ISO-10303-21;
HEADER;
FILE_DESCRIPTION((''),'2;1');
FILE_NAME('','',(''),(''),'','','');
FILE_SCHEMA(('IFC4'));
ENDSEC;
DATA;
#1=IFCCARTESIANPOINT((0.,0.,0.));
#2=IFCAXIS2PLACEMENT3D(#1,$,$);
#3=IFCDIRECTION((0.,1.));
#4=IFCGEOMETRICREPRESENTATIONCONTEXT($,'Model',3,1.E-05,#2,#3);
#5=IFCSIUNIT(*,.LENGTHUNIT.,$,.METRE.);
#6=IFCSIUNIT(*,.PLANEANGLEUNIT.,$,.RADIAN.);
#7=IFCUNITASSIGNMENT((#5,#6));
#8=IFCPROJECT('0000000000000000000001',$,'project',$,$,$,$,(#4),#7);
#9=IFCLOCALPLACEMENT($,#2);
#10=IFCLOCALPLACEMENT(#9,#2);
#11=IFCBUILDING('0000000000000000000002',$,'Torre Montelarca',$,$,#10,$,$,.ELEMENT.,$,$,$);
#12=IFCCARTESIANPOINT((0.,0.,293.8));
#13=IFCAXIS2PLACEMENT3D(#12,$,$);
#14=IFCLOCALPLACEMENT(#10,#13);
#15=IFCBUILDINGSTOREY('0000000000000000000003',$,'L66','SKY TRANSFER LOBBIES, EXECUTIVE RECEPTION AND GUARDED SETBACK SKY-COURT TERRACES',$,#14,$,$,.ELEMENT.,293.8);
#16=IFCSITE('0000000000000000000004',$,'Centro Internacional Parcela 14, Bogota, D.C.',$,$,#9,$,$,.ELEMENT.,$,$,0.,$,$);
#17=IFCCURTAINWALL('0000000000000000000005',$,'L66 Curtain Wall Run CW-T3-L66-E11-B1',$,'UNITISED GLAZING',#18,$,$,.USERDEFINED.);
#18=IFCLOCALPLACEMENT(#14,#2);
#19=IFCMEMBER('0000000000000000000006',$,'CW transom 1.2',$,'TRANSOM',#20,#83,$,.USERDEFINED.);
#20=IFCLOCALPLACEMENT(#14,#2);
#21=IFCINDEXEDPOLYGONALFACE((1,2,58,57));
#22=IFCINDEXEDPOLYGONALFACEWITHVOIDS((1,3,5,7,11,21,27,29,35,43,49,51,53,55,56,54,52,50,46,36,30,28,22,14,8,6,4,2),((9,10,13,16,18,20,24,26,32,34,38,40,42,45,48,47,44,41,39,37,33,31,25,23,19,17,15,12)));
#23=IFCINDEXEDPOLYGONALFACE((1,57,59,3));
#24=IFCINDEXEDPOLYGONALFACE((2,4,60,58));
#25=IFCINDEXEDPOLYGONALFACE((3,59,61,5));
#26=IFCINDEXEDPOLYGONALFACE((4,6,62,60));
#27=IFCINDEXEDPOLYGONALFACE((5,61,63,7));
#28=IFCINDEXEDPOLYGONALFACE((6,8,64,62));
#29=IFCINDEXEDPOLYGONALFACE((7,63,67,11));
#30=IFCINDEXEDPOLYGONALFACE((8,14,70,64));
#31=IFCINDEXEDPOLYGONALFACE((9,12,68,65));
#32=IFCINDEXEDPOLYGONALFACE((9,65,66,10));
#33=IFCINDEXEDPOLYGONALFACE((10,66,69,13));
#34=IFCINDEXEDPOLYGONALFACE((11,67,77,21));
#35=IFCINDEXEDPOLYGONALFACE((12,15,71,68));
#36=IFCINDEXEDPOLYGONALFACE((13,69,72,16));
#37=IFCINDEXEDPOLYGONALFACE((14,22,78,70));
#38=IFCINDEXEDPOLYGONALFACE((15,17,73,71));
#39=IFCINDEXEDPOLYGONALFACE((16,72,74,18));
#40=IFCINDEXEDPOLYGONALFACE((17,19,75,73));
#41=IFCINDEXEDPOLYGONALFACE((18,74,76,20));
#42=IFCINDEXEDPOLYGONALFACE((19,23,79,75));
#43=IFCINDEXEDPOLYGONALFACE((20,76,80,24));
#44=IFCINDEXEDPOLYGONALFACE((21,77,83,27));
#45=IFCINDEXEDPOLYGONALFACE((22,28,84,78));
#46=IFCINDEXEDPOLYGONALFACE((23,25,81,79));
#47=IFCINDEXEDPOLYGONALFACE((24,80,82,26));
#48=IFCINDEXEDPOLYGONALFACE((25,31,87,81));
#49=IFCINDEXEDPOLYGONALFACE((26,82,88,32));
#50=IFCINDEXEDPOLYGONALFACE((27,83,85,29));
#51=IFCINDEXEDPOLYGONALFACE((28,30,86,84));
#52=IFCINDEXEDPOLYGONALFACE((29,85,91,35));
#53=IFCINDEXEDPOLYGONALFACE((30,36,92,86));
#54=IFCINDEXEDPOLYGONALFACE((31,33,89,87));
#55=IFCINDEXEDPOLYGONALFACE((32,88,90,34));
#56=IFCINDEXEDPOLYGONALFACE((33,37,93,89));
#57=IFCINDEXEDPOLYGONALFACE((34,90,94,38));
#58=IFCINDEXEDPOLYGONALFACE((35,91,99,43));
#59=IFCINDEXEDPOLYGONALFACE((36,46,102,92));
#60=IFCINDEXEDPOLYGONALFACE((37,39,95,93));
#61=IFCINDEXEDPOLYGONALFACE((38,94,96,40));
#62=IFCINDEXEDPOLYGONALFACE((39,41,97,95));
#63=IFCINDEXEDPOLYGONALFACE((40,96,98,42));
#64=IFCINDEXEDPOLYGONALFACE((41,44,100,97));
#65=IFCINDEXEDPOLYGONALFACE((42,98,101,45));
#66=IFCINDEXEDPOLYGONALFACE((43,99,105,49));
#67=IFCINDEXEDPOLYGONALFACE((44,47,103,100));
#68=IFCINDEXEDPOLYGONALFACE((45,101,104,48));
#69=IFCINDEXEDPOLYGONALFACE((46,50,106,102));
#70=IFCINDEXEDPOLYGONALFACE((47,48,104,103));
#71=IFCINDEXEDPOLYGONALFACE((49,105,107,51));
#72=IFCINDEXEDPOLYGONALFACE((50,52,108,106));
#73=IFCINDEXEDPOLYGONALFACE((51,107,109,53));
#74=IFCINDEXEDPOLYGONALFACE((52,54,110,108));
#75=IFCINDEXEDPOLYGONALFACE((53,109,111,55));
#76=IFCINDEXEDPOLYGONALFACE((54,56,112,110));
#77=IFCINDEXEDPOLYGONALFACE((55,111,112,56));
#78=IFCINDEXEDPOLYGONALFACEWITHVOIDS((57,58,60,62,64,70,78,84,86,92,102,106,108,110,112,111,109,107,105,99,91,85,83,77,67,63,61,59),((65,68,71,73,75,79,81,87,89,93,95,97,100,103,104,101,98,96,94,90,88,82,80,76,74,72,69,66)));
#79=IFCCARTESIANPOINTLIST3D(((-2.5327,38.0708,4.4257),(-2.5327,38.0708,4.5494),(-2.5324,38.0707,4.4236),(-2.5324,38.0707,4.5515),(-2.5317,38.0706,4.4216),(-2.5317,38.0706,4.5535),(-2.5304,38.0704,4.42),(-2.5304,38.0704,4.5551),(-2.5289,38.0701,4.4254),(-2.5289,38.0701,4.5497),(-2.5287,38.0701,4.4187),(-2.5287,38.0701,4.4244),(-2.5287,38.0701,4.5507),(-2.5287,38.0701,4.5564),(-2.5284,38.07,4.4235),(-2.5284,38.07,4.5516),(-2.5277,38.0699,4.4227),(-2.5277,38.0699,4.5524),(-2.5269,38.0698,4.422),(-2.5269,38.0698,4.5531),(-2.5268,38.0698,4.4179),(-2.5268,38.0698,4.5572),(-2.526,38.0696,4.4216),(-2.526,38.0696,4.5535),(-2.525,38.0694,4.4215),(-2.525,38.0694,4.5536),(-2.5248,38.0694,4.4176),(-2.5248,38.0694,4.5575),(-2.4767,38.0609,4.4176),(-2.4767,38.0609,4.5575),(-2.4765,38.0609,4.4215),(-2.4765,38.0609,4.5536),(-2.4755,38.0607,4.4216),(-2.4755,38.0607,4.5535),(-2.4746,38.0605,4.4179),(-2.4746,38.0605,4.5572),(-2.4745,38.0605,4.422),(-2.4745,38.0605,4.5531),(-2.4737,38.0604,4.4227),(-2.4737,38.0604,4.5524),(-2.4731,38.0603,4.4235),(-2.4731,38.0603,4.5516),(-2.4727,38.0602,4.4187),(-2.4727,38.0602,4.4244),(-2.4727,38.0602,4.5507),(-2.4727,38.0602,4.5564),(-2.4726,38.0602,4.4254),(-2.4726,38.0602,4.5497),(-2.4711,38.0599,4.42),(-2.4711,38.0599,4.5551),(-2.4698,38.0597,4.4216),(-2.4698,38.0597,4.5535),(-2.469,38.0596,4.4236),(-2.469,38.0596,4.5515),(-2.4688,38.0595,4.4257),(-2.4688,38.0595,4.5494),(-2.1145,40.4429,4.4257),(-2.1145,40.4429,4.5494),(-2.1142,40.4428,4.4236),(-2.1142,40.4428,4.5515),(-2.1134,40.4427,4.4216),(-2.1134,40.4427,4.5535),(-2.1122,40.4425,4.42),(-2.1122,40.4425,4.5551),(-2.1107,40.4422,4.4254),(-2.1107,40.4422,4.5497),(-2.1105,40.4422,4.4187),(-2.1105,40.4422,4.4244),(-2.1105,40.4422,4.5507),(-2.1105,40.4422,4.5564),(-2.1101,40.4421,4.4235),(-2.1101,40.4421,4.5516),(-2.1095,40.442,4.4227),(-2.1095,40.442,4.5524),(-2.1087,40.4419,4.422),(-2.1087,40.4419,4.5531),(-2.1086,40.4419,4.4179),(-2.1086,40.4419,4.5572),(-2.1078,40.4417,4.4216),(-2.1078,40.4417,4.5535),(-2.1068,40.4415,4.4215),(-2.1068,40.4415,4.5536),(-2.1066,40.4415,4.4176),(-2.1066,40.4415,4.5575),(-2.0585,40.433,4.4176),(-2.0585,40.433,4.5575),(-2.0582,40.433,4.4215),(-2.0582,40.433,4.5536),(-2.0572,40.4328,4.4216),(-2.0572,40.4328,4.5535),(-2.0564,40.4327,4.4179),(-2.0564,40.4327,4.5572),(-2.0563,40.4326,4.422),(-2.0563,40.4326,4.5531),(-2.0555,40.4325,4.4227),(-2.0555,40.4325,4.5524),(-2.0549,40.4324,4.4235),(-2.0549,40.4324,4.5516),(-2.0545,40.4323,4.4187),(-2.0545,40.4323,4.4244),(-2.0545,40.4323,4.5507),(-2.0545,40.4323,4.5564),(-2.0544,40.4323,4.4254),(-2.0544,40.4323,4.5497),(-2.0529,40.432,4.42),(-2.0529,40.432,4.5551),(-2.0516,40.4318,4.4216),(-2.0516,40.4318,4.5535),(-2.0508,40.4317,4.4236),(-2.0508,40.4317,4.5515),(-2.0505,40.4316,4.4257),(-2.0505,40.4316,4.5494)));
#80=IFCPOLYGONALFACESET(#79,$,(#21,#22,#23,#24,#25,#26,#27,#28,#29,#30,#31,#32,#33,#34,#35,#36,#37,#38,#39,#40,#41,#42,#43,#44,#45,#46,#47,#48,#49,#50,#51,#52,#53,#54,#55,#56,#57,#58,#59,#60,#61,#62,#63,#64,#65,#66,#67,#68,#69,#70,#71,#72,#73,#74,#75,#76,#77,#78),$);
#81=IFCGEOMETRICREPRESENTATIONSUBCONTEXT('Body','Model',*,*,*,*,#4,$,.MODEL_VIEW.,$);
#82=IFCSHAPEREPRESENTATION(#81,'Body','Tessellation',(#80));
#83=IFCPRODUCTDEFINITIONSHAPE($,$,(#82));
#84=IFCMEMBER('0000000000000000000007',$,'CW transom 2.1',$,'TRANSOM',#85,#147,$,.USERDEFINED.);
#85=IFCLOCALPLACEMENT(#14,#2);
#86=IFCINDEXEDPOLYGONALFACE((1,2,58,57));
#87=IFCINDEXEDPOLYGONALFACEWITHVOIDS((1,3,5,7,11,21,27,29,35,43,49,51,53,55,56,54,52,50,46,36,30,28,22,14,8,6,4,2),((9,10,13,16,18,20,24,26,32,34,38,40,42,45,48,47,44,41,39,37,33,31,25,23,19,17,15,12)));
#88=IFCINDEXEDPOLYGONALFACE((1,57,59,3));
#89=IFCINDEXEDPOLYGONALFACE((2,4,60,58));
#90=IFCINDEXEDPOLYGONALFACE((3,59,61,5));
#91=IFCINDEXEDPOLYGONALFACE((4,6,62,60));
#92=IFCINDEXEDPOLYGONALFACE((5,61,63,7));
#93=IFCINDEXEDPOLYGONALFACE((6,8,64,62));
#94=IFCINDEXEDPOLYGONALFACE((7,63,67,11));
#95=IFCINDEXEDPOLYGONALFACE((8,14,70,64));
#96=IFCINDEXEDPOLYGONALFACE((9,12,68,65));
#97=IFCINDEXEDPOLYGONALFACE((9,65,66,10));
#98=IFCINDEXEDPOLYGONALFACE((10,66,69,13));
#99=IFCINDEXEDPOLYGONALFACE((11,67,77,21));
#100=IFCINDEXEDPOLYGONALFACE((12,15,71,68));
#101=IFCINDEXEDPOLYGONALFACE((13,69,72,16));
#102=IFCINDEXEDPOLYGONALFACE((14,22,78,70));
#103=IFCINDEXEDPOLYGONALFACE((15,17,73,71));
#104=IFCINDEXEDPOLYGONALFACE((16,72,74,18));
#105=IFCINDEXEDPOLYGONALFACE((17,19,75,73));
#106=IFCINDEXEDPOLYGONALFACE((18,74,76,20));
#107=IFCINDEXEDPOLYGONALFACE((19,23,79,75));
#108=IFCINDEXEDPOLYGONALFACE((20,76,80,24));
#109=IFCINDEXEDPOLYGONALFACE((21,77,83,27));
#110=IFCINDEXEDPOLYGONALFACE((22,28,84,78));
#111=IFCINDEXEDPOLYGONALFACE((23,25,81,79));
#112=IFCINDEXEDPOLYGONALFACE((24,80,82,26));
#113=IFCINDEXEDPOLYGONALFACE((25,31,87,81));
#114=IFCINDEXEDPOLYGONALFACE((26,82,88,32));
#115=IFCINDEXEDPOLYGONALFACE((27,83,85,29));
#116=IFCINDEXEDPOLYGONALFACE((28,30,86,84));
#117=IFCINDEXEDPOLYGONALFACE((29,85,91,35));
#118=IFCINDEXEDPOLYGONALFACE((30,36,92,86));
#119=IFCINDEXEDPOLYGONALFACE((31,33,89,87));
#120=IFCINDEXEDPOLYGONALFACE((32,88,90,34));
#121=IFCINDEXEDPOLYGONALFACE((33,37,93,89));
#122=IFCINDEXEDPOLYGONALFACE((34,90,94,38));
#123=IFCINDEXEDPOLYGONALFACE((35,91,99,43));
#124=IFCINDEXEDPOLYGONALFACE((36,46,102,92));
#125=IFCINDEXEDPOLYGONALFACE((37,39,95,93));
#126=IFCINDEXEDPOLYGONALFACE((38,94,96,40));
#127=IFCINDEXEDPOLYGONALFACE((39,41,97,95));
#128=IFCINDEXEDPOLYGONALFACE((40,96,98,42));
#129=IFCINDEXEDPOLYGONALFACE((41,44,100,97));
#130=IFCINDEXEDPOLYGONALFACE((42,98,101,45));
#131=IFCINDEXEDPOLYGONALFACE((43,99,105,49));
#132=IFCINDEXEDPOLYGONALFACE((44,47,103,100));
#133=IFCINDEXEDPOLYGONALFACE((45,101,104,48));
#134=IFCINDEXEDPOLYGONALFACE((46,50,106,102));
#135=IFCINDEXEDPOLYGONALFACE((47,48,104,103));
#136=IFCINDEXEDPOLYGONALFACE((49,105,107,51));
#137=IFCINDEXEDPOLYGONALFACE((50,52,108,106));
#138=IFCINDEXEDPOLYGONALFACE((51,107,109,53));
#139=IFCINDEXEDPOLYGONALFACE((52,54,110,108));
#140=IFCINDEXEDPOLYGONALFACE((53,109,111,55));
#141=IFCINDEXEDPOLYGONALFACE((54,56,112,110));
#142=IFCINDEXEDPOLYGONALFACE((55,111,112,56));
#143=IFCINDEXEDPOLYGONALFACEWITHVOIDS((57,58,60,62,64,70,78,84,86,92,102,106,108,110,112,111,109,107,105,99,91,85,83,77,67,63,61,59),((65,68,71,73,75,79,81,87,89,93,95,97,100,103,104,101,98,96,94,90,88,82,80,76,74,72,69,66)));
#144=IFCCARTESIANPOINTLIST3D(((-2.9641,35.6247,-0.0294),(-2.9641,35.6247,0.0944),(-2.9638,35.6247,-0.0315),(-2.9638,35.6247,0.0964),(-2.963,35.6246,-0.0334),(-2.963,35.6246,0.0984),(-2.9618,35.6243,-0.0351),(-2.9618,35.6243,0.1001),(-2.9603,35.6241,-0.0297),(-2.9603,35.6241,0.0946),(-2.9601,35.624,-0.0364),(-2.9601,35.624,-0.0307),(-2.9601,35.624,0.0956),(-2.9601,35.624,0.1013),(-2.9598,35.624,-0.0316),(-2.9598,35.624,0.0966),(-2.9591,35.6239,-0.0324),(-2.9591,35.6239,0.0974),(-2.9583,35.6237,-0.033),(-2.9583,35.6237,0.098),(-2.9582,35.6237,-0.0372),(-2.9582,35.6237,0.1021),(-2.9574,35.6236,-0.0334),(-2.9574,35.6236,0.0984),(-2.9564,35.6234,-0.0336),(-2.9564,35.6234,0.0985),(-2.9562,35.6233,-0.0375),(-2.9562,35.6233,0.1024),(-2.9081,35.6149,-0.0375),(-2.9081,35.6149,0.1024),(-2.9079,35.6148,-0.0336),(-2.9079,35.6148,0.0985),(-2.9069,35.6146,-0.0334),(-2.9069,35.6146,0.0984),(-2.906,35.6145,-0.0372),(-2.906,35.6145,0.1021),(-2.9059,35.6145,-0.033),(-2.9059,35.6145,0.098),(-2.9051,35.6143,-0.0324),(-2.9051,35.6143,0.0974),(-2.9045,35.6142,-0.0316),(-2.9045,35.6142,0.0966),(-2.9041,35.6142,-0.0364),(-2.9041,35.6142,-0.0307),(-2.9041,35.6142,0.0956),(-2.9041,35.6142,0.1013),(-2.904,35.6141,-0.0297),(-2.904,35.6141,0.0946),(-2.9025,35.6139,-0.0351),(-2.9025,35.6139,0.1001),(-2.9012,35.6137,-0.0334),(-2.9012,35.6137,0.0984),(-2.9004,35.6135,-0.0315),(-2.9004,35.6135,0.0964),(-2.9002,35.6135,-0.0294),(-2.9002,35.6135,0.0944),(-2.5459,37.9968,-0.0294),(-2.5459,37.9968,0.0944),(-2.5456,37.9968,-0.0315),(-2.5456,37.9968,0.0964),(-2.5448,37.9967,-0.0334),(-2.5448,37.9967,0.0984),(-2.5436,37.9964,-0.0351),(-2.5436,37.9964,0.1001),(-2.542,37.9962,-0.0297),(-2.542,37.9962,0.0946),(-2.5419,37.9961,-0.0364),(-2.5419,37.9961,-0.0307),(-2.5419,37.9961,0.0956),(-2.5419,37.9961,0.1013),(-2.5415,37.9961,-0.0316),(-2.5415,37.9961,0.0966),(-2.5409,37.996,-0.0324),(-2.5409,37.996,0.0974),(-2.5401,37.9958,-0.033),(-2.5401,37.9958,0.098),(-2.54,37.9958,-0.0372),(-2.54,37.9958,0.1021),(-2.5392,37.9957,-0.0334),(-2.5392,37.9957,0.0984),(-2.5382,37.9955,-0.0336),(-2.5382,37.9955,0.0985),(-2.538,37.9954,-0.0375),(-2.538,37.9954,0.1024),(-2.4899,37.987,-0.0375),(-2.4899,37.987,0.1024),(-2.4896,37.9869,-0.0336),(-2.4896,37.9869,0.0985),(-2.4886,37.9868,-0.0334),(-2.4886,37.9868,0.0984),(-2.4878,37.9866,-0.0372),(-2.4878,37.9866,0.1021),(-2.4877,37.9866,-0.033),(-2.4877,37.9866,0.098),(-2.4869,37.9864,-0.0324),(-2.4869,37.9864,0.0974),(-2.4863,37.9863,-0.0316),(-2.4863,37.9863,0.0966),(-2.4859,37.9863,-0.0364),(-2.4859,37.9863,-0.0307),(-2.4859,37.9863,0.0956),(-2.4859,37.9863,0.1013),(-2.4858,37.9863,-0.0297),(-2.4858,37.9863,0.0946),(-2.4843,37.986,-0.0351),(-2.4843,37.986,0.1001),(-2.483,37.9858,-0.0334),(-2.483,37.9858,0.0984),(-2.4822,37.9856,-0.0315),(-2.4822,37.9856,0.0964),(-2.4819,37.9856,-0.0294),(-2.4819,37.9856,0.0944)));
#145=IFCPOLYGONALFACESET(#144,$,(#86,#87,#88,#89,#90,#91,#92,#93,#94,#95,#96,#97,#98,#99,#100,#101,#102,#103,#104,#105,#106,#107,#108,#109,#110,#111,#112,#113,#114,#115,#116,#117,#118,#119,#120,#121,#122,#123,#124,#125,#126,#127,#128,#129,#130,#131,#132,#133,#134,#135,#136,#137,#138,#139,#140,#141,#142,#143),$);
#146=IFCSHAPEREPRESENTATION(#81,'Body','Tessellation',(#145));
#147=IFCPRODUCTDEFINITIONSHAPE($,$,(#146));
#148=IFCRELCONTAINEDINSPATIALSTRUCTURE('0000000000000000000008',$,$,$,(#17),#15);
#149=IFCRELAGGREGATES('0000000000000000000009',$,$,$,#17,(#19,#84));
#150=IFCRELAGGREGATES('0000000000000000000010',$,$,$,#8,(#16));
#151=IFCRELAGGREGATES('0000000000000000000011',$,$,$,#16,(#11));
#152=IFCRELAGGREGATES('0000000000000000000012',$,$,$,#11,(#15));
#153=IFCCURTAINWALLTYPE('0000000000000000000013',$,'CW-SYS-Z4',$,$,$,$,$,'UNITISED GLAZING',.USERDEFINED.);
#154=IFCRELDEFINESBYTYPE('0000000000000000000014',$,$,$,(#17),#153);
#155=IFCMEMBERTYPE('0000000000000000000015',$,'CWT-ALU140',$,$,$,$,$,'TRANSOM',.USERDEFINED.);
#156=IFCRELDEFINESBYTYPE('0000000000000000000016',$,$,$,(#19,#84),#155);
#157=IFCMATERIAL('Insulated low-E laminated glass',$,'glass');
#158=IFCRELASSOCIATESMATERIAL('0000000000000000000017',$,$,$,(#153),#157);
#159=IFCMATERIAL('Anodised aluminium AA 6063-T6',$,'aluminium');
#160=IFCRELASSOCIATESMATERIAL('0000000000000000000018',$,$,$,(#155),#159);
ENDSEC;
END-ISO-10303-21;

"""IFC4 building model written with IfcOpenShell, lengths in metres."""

from ifc_helpers import new_model, si_unit, direction, frame, origin, origin_2d, place, context, subcontext, project, spatial, hollow_rectangle, extrude, source, transform, mapped, material, material_profile, profile_set, type_object, element, aggregate, save


model = new_model("IFC4")

# Units and contexts
model_context = context("Model", 3, precision=1e-05, world=origin(), true_north=direction((0.0, 1.0)))
body_context = subcontext(model_context, "Body", "Model", "MODEL_VIEW")
ifc_project = project(units=[si_unit("LENGTHUNIT", "METRE"), si_unit("PLANEANGLEUNIT", "RADIAN")], contexts=[model_context])

# Site, building, storey
site_placement = place(None, origin())
site = spatial("IfcSite", under=ifc_project, at=site_placement, Name="Centro Internacional Parcela 14, Bogota, D.C.", CompositionType="ELEMENT", RefElevation=0.0)
building_placement = place(site_placement, origin())
building = spatial("IfcBuilding", under=site, at=building_placement, Name="Torre Montelarca", CompositionType="ELEMENT")
storey_placement = place(building_placement, frame((0.0, 0.0, 293.8)))
storey = spatial("IfcBuildingStorey", under=building, at=storey_placement, Name="L66", Description="SKY TRANSFER LOBBIES, EXECUTIVE RECEPTION AND GUARDED SETBACK SKY-COURT TERRACES", CompositionType="ELEMENT", Elevation=293.8)

# Curtain wall, members
ifc_material_1 = material(Name="Insulated low-E laminated glass", Category="glass")
curtain_wall_type = type_object("IfcCurtainWallType", Name="CW-SYS-Z4", ElementType="UNITISED GLAZING", PredefinedType="USERDEFINED", material=ifc_material_1)
ifc_material_2 = material(Name="Anodised aluminium AA 6063-T6", Category="aluminium")
curtain_wall_1_placement = place(storey_placement, origin())
curtain_wall_1 = element("IfcCurtainWall", 1, at=curtain_wall_1_placement, inside=storey, type_object=curtain_wall_type, Name="L66 Curtain Wall Run CW-T3-L66-E11-B1", ObjectType="UNITISED GLAZING", PredefinedType="USERDEFINED")
ifc_material_profile_1 = material_profile(ifc_material_2, hollow_rectangle(XDim=0.0649, YDim=0.1399, WallThickness=0.0039, InnerFilletRadius=0.0039, OuterFilletRadius=0.0081, at=origin_2d()), Name="ALU65X140X4", Category="aluminium")
ifc_profile_set_1 = profile_set([ifc_material_profile_1], Name="Anodised aluminium AA 6063-T6")
member_type_1 = type_object("IfcMemberType", Name="CWT-ALU140", ElementType="TRANSOM", PredefinedType="USERDEFINED", material=ifc_profile_set_1)
shared_shape_1 = source(origin(), body_context, "Body", "SweptSolid", [
    extrude(hollow_rectangle(XDim=0.0649, YDim=0.1399, WallThickness=0.0039, InnerFilletRadius=0.0039, OuterFilletRadius=0.0081, at=origin_2d()), origin(), (0.0, 0.0, 1.0), 2.4087),
])
member_1_placement = place(storey_placement, frame((-2.0825, 40.4373, 4.4875), z_axis=(-0.173629, -0.984811, 0.0), x_axis=(0.984811, -0.173629, 0.0)))
member_1 = element("IfcMember", 2, at=member_1_placement, type_object=member_type_1, Name="CW transom 1.2", ObjectType="TRANSOM", PredefinedType="USERDEFINED", context=body_context, shape_type="MappedRepresentation", body=[
    mapped(shared_shape_1, transform((0.0, 0.0, 0.0), scale=1.0)),
])
member_2_placement = place(storey_placement, frame((-2.5139, 37.9912, 0.0325), z_axis=(-0.173629, -0.984811, 0.0), x_axis=(0.984811, -0.173629, 0.0)))
member_2 = element("IfcMember", 3, at=member_2_placement, type_object=member_type_1, Name="CW transom 2.1", ObjectType="TRANSOM", PredefinedType="USERDEFINED", context=body_context, shape_type="MappedRepresentation", body=[
    mapped(shared_shape_1, transform((0.0, 0.0, 0.0), scale=1.0)),
])

aggregate(curtain_wall_1, [member_1, member_2])

save(model, "model.ifc")
